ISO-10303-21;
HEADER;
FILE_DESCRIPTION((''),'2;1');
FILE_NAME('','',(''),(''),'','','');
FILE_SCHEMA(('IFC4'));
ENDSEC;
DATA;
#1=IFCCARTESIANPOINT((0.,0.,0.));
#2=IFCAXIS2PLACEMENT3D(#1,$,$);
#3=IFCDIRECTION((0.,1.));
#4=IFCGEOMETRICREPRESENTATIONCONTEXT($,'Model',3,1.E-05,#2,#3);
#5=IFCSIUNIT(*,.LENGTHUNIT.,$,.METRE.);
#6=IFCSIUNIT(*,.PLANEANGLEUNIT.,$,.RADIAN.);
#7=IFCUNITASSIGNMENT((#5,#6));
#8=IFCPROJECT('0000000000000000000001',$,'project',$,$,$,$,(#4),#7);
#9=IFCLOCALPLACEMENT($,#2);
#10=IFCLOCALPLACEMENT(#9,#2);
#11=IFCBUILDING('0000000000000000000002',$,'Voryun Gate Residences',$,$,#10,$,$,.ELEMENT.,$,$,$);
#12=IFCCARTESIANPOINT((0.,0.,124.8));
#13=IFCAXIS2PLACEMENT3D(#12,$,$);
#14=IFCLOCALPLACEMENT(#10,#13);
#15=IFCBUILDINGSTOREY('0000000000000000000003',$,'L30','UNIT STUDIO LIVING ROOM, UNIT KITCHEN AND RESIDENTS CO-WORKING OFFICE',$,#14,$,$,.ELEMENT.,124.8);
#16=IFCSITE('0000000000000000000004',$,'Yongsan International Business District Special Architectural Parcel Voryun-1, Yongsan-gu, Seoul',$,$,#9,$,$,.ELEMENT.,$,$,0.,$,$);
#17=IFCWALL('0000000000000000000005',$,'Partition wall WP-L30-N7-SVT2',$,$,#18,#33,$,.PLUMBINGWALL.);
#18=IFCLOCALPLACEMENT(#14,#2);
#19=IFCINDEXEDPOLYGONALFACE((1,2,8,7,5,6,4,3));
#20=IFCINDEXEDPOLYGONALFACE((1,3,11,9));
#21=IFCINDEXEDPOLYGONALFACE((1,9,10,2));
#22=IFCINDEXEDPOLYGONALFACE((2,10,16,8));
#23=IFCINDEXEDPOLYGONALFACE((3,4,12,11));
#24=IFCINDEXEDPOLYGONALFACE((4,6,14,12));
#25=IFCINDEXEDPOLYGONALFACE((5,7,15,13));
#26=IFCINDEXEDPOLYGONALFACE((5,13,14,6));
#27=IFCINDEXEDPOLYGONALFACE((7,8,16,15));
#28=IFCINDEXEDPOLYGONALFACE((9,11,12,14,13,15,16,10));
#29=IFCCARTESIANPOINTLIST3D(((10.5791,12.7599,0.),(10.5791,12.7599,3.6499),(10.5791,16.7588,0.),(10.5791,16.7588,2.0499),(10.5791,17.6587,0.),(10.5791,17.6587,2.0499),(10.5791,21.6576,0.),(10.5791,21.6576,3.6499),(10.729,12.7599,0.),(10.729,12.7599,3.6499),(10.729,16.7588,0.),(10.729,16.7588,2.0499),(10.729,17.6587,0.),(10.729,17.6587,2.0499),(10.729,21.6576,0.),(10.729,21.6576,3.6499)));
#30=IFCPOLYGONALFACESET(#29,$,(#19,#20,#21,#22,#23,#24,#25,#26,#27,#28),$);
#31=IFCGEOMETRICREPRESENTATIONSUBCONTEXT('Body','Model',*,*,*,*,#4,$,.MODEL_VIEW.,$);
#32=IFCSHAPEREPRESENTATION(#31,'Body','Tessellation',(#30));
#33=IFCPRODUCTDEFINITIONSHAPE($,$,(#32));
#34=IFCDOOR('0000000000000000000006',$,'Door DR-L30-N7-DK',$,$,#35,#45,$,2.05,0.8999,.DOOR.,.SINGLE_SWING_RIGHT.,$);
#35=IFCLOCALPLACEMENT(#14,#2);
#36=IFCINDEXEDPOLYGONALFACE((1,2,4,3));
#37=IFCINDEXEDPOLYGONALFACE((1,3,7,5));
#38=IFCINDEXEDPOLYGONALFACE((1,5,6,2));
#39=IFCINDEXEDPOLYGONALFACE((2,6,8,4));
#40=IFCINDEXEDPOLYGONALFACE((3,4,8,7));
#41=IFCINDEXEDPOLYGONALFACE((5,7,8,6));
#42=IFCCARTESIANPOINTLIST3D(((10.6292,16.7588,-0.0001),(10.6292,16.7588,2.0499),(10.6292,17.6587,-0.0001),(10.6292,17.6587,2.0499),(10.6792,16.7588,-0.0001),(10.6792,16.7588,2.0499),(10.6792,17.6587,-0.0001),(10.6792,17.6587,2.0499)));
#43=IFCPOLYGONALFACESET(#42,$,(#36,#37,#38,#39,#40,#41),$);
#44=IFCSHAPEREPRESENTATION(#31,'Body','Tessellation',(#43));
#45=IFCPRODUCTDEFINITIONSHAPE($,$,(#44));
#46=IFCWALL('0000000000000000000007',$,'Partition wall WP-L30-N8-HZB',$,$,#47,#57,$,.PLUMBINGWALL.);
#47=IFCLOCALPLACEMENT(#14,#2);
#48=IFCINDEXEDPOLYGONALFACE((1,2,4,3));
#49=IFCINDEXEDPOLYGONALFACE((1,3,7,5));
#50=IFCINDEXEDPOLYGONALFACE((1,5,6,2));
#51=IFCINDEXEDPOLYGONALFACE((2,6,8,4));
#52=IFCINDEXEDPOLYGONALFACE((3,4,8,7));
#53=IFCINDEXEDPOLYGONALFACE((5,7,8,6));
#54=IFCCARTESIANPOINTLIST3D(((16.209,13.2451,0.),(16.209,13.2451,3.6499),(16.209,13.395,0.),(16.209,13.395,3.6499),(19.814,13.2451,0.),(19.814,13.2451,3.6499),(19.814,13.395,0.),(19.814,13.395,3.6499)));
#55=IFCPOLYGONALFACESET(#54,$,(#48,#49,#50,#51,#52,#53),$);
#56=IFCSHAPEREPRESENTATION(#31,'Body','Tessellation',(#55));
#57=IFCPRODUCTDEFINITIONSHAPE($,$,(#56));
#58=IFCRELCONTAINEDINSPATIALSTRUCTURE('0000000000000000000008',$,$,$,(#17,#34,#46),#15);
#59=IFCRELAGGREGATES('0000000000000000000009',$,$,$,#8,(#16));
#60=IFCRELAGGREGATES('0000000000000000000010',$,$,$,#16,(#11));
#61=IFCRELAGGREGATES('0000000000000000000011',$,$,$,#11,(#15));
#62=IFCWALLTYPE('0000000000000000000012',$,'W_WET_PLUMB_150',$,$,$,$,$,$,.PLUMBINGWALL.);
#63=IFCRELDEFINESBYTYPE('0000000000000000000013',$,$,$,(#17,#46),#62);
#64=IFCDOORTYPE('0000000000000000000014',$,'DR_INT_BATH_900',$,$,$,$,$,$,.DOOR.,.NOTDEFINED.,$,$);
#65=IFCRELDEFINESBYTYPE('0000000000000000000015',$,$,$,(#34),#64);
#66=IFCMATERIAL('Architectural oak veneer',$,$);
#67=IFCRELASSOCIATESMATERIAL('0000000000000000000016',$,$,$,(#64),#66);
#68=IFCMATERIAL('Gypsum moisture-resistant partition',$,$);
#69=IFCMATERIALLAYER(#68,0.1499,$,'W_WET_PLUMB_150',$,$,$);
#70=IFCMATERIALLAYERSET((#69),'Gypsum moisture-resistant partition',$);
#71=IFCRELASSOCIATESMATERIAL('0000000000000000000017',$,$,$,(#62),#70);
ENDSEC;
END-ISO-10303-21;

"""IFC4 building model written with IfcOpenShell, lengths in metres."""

from ifc_helpers import new_model, si_unit, direction, frame, frame_2d, origin, place, context, subcontext, project, spatial, rectangle, extrude, material, layer, layer_set, type_object, element, fill, save


model = new_model("IFC4")

# Units and contexts
model_context = context("Model", 3, precision=1e-05, world=origin(), true_north=direction((0.0, 1.0)))
body_context = subcontext(model_context, "Body", "Model", "MODEL_VIEW")
ifc_project = project(units=[si_unit("LENGTHUNIT", "METRE"), si_unit("PLANEANGLEUNIT", "RADIAN")], contexts=[model_context])

# Site, building, storey
site_placement = place(None, origin())
site = spatial("IfcSite", under=ifc_project, at=site_placement, Name="Yongsan International Business District Special Architectural Parcel Voryun-1, Yongsan-gu, Seoul", CompositionType="ELEMENT", RefElevation=0.0)
building_placement = place(site_placement, origin())
building = spatial("IfcBuilding", under=site, at=building_placement, Name="Voryun Gate Residences", CompositionType="ELEMENT")
storey_placement = place(building_placement, frame((0.0, 0.0, 124.8)))
storey = spatial("IfcBuildingStorey", under=building, at=storey_placement, Name="L30", Description="UNIT STUDIO LIVING ROOM, UNIT KITCHEN AND RESIDENTS CO-WORKING OFFICE", CompositionType="ELEMENT", Elevation=124.8)

# Shared definitions
ifc_material_1 = material(Name="Architectural oak veneer")
door_type_1 = type_object("IfcDoorType", Name="DR_INT_BATH_900", OperationType="NOTDEFINED", PredefinedType="DOOR", material=ifc_material_1)

# Shared definitions
ifc_material_2 = material(Name="Gypsum moisture-resistant partition")
ifc_layer_1 = layer(ifc_material_2, 0.1499, Name="W_WET_PLUMB_150")
ifc_layer_set_1 = layer_set([ifc_layer_1], Name="Gypsum moisture-resistant partition")
wall_type_1 = type_object("IfcWallType", Name="W_WET_PLUMB_150", PredefinedType="PLUMBINGWALL", material=ifc_layer_set_1)

# Wall, opening, door
wall_1_placement = place(storey_placement, frame((10.6541, 12.76, 0.0), z_axis=(0.0, 0.0, 1.0), x_axis=(0.0, 1.0, 0.0)))
wall_1 = element("IfcWall", 1, at=wall_1_placement, inside=storey, type_object=wall_type_1, Name="Partition wall WP-L30-N7-SVT2", PredefinedType="PLUMBINGWALL", context=body_context, shape_type="SweptSolid", body=[
    extrude(rectangle(XDim=8.8977, YDim=0.1499, at=frame_2d((4.4487, 0.0))), origin(), (0.0, 0.0, 1.0), 3.6499),
])
opening_1_placement = place(wall_1_placement, frame((3.9988, 0.0, 0.0)))
opening_1 = element("IfcOpeningElement", 2, at=opening_1_placement, cuts=wall_1, PredefinedType="OPENING", context=body_context, shape_type="SweptSolid", body=[
    extrude(rectangle(XDim=0.8999, YDim=2.05, at=frame_2d((0.45, 1.0249))), frame((0.0, 0.085, 0.0), z_axis=(0.0, -1.0, 0.0), x_axis=(1.0, 0.0, 0.0)), (0.0, 0.0, 1.0), 0.1699),
])
door_1_placement = place(opening_1_placement, origin())
door_1 = element("IfcDoor", 3, at=door_1_placement, inside=storey, type_object=door_type_1, Name="Door DR-L30-N7-DK", OperationType="SINGLE_SWING_RIGHT", OverallHeight=2.05, OverallWidth=0.8999, PredefinedType="DOOR", context=body_context, shape_type="SweptSolid", body=[
    extrude(rectangle(XDim=0.8999, YDim=2.05, at=frame_2d((0.45, 1.0249))), frame((0.0, 0.0249, 0.0), z_axis=(0.0, -1.0, 0.0), x_axis=(1.0, 0.0, 0.0)), (0.0, 0.0, 1.0), 0.05),
])
fill(opening_1, door_1)

# Wall
wall_2_placement = place(storey_placement, frame((16.209, 13.3201, 0.0), z_axis=(0.0, 0.0, 1.0), x_axis=(1.0, 0.0, 0.0)))
element("IfcWall", 4, at=wall_2_placement, inside=storey, type_object=wall_type_1, Name="Partition wall WP-L30-N8-HZB", PredefinedType="PLUMBINGWALL", context=body_context, shape_type="SweptSolid", body=[
    extrude(rectangle(XDim=3.605, YDim=0.1499, at=frame_2d((1.8025, 0.0))), origin(), (0.0, 0.0, 1.0), 3.6499),
])

save(model, "model.ifc")
